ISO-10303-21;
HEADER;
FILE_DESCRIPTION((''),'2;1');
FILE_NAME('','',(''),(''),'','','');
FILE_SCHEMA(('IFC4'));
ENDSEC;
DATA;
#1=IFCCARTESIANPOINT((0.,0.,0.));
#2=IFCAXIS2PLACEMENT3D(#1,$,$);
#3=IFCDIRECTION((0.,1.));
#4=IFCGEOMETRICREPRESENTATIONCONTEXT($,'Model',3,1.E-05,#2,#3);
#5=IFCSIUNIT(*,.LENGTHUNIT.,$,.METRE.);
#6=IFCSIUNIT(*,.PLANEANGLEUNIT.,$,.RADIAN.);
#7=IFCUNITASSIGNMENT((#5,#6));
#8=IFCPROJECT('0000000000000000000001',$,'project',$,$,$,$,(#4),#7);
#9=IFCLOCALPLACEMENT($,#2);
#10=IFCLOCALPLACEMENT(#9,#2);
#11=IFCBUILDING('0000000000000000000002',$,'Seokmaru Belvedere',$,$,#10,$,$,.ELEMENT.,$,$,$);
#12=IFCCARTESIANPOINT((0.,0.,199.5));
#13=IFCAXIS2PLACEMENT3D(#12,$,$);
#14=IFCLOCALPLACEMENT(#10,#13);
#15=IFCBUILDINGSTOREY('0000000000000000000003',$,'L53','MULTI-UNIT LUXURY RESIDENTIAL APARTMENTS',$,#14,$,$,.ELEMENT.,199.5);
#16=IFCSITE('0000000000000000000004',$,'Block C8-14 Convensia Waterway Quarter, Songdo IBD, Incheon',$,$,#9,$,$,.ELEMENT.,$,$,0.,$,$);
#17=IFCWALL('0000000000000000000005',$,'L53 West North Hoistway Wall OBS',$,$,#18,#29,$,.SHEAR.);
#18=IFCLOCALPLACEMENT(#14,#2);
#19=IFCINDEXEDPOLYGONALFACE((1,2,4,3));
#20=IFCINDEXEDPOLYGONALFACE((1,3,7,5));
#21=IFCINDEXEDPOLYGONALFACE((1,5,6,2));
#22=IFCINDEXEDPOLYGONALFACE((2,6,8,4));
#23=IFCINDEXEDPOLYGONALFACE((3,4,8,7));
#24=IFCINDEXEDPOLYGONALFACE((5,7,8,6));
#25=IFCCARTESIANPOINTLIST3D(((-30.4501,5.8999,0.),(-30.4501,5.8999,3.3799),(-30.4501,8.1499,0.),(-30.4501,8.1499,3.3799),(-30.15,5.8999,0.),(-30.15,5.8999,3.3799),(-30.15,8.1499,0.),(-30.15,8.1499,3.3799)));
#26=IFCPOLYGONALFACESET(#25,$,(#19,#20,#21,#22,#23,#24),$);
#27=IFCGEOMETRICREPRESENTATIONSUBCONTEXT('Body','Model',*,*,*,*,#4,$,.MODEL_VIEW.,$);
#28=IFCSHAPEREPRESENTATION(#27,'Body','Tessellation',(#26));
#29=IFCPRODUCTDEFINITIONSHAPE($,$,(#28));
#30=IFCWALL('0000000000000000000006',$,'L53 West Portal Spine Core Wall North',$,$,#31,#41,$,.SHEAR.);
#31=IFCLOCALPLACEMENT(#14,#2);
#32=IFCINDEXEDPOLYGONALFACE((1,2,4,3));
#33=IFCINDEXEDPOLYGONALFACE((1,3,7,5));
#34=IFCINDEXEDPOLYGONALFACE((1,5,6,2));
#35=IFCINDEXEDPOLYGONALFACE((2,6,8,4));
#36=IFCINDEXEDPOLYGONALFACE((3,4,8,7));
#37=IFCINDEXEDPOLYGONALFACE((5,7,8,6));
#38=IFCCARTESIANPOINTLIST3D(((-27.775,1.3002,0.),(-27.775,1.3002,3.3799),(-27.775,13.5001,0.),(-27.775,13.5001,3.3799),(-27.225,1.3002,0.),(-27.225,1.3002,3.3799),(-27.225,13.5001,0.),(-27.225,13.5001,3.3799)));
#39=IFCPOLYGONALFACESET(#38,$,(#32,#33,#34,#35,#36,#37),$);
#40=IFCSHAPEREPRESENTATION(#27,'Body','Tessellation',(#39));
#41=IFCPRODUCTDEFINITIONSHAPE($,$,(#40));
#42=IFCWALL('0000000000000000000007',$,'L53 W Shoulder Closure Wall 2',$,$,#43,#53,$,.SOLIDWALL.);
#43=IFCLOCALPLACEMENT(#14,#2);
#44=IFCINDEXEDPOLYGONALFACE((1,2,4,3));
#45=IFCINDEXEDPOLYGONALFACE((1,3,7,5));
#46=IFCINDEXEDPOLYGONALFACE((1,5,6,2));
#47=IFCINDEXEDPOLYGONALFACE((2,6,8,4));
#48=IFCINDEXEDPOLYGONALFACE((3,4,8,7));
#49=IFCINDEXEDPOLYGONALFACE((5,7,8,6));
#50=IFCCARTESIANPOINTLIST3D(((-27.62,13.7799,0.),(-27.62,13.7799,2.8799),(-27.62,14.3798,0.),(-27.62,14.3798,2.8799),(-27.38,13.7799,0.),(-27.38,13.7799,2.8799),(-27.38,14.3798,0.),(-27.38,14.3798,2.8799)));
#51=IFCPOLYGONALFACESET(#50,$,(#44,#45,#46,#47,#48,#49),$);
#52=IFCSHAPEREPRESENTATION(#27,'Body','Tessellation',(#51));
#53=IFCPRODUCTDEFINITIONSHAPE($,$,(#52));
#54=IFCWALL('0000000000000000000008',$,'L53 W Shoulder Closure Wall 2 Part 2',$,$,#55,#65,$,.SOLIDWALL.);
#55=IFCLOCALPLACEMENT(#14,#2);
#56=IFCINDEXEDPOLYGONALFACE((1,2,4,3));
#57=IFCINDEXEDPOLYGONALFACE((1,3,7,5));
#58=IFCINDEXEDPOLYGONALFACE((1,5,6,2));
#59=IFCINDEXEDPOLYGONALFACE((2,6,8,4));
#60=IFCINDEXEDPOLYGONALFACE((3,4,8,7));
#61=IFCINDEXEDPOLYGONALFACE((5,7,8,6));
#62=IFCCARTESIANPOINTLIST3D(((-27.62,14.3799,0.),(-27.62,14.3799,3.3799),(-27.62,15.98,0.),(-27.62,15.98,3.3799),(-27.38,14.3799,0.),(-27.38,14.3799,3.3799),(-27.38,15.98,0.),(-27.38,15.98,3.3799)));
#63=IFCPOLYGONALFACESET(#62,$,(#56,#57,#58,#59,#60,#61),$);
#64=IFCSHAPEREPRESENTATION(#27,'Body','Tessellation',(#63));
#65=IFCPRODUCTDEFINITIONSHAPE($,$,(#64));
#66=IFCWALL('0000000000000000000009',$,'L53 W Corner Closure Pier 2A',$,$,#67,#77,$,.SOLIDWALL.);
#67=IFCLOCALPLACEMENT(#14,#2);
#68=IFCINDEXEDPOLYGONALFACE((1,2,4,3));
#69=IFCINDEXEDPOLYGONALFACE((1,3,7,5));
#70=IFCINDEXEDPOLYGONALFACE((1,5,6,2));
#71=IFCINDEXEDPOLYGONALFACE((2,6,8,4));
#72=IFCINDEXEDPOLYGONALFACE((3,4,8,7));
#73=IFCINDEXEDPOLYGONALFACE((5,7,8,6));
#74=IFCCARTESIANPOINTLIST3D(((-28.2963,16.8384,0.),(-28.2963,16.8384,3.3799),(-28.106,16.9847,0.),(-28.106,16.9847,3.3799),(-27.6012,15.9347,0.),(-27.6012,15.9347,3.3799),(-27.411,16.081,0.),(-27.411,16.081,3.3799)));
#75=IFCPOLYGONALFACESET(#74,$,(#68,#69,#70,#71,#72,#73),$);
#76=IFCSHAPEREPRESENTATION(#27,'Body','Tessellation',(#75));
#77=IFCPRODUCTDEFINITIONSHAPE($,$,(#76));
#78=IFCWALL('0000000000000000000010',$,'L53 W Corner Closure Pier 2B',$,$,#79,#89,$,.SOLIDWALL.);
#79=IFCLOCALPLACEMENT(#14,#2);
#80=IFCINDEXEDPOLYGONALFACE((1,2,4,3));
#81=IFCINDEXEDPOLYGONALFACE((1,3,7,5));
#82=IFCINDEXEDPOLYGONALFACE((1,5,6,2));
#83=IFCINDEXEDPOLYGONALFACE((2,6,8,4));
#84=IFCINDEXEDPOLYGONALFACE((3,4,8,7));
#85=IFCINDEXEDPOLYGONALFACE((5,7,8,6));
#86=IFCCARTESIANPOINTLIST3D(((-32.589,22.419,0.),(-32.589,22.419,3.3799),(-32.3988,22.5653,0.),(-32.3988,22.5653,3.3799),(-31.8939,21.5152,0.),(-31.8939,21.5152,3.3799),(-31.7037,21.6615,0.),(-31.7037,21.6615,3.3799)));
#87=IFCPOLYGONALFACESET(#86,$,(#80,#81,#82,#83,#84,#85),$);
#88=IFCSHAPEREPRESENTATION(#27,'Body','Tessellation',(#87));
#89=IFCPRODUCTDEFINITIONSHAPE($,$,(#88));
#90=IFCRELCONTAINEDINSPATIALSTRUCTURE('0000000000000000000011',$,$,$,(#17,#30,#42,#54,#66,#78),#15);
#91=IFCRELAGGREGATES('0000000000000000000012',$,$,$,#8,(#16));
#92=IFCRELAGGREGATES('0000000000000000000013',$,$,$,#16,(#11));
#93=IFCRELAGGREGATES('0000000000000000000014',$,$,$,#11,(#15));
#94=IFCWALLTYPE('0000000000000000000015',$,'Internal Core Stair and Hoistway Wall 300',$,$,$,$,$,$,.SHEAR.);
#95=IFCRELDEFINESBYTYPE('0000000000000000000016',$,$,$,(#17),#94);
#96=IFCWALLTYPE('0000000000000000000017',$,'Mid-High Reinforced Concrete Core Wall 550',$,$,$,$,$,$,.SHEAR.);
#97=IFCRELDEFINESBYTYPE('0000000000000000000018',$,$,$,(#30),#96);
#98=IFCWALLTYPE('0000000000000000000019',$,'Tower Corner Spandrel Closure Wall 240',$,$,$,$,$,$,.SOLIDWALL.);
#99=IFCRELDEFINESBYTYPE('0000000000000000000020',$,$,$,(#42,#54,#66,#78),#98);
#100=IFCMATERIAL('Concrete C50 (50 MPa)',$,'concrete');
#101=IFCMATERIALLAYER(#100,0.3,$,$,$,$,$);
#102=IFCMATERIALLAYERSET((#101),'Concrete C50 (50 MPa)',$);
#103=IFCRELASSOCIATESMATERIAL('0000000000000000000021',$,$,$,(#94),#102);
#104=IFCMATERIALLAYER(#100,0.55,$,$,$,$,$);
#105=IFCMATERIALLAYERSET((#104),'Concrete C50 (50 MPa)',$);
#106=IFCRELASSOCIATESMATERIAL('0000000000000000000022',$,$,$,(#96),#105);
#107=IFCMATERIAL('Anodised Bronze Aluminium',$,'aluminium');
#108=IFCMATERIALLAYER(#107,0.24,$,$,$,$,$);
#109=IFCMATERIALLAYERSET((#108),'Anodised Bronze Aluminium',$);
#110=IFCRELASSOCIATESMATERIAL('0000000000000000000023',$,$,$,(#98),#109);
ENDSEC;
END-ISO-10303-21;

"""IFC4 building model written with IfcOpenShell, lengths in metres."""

from ifc_helpers import new_model, si_unit, direction, frame, frame_2d, origin, place, context, subcontext, project, spatial, rectangle, extrude, material, layer, layer_set, type_object, element, save


model = new_model("IFC4")

# Units and contexts
model_context = context("Model", 3, precision=1e-05, world=origin(), true_north=direction((0.0, 1.0)))
body_context = subcontext(model_context, "Body", "Model", "MODEL_VIEW")
ifc_project = project(units=[si_unit("LENGTHUNIT", "METRE"), si_unit("PLANEANGLEUNIT", "RADIAN")], contexts=[model_context])

# Site, building, storey
site_placement = place(None, origin())
site = spatial("IfcSite", under=ifc_project, at=site_placement, Name="Block C8-14 Convensia Waterway Quarter, Songdo IBD, Incheon", CompositionType="ELEMENT", RefElevation=0.0)
building_placement = place(site_placement, origin())
building = spatial("IfcBuilding", under=site, at=building_placement, Name="Seokmaru Belvedere", CompositionType="ELEMENT")
storey_placement = place(building_placement, frame((0.0, 0.0, 199.5)))
storey = spatial("IfcBuildingStorey", under=building, at=storey_placement, Name="L53", Description="MULTI-UNIT LUXURY RESIDENTIAL APARTMENTS", CompositionType="ELEMENT", Elevation=199.5)

# Shared definitions
ifc_material_1 = material(Name="Anodised Bronze Aluminium", Category="aluminium")

# Shared definitions
ifc_material_2 = material(Name="Concrete C50 (50 MPa)", Category="concrete")

# Shared definitions
ifc_layer_1 = layer(ifc_material_2, 0.3)
ifc_layer_set_1 = layer_set([ifc_layer_1], Name="Concrete C50 (50 MPa)")
wall_type_1 = type_object("IfcWallType", Name="Internal Core Stair and Hoistway Wall 300", PredefinedType="SHEAR", material=ifc_layer_set_1)

# Wall
wall_1_placement = place(storey_placement, frame((-30.3, 5.8999, 0.0), z_axis=(0.0, 0.0, 1.0), x_axis=(0.0, 1.0, 0.0)))
element("IfcWall", 1, at=wall_1_placement, inside=storey, type_object=wall_type_1, Name="L53 West North Hoistway Wall OBS", PredefinedType="SHEAR", context=body_context, shape_type="SweptSolid", body=[
    extrude(rectangle(XDim=2.25, YDim=0.3, at=frame_2d((1.125, 0.0))), origin(), (0.0, 0.0, 1.0), 3.3799),
])

# Walls
ifc_layer_2 = layer(ifc_material_2, 0.55)
ifc_layer_set_2 = layer_set([ifc_layer_2], Name="Concrete C50 (50 MPa)")
wall_type_2 = type_object("IfcWallType", Name="Mid-High Reinforced Concrete Core Wall 550", PredefinedType="SHEAR", material=ifc_layer_set_2)
wall_2_placement = place(storey_placement, frame((-27.5, 1.3, 0.0), z_axis=(0.0, 0.0, 1.0), x_axis=(0.0, 1.0, 0.0)))
element("IfcWall", 2, at=wall_2_placement, inside=storey, type_object=wall_type_2, Name="L53 West Portal Spine Core Wall North", PredefinedType="SHEAR", context=body_context, shape_type="SweptSolid", body=[
    extrude(rectangle(XDim=12.2, YDim=0.55, at=frame_2d((6.1001, 0.0))), origin(), (0.0, 0.0, 1.0), 3.3799),
])
ifc_layer_3 = layer(ifc_material_1, 0.24)
ifc_layer_set_3 = layer_set([ifc_layer_3], Name="Anodised Bronze Aluminium")
wall_type_3 = type_object("IfcWallType", Name="Tower Corner Spandrel Closure Wall 240", PredefinedType="SOLIDWALL", material=ifc_layer_set_3)
wall_3_placement = place(storey_placement, frame((-27.5, 13.78, 0.0), z_axis=(0.0, 0.0, 1.0), x_axis=(0.0, 1.0, 0.0)))
element("IfcWall", 3, at=wall_3_placement, inside=storey, type_object=wall_type_3, Name="L53 W Shoulder Closure Wall 2", PredefinedType="SOLIDWALL", context=body_context, shape_type="SweptSolid", body=[
    extrude(rectangle(XDim=0.5999, YDim=0.24, at=frame_2d((0.2998, 0.0))), origin(), (0.0, 0.0, 1.0), 2.8799),
])
wall_4_placement = place(storey_placement, frame((-27.5, 14.3799, 0.0), z_axis=(0.0, 0.0, 1.0), x_axis=(0.0, 1.0, 0.0)))
element("IfcWall", 4, at=wall_4_placement, inside=storey, type_object=wall_type_3, Name="L53 W Shoulder Closure Wall 2 Part 2", PredefinedType="SOLIDWALL", context=body_context, shape_type="SweptSolid", body=[
    extrude(rectangle(XDim=1.6001, YDim=0.24, at=frame_2d((0.8, 0.0))), origin(), (0.0, 0.0, 1.0), 3.3799),
])
for number, where, z_axis, x_axis, name in (
    (5, (-27.5061, 16.0078, 0.0), (0.0, 0.0, 1.0), (-0.609618, 0.792696, 0.0), "L53 W Corner Closure Pier 2A"),
    (6, (-31.7988, 21.5884, 0.0), (0.0, 0.0, 1.0), (-0.609618, 0.792696, 0.0), "L53 W Corner Closure Pier 2B"),
):
    element("IfcWall", number, at=place(storey_placement, frame(where, z_axis=z_axis, x_axis=x_axis)), inside=storey, type_object=wall_type_3, Name=name, PredefinedType="SOLIDWALL", context=body_context, shape_type="SweptSolid", body=[
        extrude(rectangle(XDim=1.1401, YDim=0.24, at=frame_2d((0.5701, 0.0))), origin(), (0.0, 0.0, 1.0), 3.3799),
    ])

save(model, "model.ifc")
